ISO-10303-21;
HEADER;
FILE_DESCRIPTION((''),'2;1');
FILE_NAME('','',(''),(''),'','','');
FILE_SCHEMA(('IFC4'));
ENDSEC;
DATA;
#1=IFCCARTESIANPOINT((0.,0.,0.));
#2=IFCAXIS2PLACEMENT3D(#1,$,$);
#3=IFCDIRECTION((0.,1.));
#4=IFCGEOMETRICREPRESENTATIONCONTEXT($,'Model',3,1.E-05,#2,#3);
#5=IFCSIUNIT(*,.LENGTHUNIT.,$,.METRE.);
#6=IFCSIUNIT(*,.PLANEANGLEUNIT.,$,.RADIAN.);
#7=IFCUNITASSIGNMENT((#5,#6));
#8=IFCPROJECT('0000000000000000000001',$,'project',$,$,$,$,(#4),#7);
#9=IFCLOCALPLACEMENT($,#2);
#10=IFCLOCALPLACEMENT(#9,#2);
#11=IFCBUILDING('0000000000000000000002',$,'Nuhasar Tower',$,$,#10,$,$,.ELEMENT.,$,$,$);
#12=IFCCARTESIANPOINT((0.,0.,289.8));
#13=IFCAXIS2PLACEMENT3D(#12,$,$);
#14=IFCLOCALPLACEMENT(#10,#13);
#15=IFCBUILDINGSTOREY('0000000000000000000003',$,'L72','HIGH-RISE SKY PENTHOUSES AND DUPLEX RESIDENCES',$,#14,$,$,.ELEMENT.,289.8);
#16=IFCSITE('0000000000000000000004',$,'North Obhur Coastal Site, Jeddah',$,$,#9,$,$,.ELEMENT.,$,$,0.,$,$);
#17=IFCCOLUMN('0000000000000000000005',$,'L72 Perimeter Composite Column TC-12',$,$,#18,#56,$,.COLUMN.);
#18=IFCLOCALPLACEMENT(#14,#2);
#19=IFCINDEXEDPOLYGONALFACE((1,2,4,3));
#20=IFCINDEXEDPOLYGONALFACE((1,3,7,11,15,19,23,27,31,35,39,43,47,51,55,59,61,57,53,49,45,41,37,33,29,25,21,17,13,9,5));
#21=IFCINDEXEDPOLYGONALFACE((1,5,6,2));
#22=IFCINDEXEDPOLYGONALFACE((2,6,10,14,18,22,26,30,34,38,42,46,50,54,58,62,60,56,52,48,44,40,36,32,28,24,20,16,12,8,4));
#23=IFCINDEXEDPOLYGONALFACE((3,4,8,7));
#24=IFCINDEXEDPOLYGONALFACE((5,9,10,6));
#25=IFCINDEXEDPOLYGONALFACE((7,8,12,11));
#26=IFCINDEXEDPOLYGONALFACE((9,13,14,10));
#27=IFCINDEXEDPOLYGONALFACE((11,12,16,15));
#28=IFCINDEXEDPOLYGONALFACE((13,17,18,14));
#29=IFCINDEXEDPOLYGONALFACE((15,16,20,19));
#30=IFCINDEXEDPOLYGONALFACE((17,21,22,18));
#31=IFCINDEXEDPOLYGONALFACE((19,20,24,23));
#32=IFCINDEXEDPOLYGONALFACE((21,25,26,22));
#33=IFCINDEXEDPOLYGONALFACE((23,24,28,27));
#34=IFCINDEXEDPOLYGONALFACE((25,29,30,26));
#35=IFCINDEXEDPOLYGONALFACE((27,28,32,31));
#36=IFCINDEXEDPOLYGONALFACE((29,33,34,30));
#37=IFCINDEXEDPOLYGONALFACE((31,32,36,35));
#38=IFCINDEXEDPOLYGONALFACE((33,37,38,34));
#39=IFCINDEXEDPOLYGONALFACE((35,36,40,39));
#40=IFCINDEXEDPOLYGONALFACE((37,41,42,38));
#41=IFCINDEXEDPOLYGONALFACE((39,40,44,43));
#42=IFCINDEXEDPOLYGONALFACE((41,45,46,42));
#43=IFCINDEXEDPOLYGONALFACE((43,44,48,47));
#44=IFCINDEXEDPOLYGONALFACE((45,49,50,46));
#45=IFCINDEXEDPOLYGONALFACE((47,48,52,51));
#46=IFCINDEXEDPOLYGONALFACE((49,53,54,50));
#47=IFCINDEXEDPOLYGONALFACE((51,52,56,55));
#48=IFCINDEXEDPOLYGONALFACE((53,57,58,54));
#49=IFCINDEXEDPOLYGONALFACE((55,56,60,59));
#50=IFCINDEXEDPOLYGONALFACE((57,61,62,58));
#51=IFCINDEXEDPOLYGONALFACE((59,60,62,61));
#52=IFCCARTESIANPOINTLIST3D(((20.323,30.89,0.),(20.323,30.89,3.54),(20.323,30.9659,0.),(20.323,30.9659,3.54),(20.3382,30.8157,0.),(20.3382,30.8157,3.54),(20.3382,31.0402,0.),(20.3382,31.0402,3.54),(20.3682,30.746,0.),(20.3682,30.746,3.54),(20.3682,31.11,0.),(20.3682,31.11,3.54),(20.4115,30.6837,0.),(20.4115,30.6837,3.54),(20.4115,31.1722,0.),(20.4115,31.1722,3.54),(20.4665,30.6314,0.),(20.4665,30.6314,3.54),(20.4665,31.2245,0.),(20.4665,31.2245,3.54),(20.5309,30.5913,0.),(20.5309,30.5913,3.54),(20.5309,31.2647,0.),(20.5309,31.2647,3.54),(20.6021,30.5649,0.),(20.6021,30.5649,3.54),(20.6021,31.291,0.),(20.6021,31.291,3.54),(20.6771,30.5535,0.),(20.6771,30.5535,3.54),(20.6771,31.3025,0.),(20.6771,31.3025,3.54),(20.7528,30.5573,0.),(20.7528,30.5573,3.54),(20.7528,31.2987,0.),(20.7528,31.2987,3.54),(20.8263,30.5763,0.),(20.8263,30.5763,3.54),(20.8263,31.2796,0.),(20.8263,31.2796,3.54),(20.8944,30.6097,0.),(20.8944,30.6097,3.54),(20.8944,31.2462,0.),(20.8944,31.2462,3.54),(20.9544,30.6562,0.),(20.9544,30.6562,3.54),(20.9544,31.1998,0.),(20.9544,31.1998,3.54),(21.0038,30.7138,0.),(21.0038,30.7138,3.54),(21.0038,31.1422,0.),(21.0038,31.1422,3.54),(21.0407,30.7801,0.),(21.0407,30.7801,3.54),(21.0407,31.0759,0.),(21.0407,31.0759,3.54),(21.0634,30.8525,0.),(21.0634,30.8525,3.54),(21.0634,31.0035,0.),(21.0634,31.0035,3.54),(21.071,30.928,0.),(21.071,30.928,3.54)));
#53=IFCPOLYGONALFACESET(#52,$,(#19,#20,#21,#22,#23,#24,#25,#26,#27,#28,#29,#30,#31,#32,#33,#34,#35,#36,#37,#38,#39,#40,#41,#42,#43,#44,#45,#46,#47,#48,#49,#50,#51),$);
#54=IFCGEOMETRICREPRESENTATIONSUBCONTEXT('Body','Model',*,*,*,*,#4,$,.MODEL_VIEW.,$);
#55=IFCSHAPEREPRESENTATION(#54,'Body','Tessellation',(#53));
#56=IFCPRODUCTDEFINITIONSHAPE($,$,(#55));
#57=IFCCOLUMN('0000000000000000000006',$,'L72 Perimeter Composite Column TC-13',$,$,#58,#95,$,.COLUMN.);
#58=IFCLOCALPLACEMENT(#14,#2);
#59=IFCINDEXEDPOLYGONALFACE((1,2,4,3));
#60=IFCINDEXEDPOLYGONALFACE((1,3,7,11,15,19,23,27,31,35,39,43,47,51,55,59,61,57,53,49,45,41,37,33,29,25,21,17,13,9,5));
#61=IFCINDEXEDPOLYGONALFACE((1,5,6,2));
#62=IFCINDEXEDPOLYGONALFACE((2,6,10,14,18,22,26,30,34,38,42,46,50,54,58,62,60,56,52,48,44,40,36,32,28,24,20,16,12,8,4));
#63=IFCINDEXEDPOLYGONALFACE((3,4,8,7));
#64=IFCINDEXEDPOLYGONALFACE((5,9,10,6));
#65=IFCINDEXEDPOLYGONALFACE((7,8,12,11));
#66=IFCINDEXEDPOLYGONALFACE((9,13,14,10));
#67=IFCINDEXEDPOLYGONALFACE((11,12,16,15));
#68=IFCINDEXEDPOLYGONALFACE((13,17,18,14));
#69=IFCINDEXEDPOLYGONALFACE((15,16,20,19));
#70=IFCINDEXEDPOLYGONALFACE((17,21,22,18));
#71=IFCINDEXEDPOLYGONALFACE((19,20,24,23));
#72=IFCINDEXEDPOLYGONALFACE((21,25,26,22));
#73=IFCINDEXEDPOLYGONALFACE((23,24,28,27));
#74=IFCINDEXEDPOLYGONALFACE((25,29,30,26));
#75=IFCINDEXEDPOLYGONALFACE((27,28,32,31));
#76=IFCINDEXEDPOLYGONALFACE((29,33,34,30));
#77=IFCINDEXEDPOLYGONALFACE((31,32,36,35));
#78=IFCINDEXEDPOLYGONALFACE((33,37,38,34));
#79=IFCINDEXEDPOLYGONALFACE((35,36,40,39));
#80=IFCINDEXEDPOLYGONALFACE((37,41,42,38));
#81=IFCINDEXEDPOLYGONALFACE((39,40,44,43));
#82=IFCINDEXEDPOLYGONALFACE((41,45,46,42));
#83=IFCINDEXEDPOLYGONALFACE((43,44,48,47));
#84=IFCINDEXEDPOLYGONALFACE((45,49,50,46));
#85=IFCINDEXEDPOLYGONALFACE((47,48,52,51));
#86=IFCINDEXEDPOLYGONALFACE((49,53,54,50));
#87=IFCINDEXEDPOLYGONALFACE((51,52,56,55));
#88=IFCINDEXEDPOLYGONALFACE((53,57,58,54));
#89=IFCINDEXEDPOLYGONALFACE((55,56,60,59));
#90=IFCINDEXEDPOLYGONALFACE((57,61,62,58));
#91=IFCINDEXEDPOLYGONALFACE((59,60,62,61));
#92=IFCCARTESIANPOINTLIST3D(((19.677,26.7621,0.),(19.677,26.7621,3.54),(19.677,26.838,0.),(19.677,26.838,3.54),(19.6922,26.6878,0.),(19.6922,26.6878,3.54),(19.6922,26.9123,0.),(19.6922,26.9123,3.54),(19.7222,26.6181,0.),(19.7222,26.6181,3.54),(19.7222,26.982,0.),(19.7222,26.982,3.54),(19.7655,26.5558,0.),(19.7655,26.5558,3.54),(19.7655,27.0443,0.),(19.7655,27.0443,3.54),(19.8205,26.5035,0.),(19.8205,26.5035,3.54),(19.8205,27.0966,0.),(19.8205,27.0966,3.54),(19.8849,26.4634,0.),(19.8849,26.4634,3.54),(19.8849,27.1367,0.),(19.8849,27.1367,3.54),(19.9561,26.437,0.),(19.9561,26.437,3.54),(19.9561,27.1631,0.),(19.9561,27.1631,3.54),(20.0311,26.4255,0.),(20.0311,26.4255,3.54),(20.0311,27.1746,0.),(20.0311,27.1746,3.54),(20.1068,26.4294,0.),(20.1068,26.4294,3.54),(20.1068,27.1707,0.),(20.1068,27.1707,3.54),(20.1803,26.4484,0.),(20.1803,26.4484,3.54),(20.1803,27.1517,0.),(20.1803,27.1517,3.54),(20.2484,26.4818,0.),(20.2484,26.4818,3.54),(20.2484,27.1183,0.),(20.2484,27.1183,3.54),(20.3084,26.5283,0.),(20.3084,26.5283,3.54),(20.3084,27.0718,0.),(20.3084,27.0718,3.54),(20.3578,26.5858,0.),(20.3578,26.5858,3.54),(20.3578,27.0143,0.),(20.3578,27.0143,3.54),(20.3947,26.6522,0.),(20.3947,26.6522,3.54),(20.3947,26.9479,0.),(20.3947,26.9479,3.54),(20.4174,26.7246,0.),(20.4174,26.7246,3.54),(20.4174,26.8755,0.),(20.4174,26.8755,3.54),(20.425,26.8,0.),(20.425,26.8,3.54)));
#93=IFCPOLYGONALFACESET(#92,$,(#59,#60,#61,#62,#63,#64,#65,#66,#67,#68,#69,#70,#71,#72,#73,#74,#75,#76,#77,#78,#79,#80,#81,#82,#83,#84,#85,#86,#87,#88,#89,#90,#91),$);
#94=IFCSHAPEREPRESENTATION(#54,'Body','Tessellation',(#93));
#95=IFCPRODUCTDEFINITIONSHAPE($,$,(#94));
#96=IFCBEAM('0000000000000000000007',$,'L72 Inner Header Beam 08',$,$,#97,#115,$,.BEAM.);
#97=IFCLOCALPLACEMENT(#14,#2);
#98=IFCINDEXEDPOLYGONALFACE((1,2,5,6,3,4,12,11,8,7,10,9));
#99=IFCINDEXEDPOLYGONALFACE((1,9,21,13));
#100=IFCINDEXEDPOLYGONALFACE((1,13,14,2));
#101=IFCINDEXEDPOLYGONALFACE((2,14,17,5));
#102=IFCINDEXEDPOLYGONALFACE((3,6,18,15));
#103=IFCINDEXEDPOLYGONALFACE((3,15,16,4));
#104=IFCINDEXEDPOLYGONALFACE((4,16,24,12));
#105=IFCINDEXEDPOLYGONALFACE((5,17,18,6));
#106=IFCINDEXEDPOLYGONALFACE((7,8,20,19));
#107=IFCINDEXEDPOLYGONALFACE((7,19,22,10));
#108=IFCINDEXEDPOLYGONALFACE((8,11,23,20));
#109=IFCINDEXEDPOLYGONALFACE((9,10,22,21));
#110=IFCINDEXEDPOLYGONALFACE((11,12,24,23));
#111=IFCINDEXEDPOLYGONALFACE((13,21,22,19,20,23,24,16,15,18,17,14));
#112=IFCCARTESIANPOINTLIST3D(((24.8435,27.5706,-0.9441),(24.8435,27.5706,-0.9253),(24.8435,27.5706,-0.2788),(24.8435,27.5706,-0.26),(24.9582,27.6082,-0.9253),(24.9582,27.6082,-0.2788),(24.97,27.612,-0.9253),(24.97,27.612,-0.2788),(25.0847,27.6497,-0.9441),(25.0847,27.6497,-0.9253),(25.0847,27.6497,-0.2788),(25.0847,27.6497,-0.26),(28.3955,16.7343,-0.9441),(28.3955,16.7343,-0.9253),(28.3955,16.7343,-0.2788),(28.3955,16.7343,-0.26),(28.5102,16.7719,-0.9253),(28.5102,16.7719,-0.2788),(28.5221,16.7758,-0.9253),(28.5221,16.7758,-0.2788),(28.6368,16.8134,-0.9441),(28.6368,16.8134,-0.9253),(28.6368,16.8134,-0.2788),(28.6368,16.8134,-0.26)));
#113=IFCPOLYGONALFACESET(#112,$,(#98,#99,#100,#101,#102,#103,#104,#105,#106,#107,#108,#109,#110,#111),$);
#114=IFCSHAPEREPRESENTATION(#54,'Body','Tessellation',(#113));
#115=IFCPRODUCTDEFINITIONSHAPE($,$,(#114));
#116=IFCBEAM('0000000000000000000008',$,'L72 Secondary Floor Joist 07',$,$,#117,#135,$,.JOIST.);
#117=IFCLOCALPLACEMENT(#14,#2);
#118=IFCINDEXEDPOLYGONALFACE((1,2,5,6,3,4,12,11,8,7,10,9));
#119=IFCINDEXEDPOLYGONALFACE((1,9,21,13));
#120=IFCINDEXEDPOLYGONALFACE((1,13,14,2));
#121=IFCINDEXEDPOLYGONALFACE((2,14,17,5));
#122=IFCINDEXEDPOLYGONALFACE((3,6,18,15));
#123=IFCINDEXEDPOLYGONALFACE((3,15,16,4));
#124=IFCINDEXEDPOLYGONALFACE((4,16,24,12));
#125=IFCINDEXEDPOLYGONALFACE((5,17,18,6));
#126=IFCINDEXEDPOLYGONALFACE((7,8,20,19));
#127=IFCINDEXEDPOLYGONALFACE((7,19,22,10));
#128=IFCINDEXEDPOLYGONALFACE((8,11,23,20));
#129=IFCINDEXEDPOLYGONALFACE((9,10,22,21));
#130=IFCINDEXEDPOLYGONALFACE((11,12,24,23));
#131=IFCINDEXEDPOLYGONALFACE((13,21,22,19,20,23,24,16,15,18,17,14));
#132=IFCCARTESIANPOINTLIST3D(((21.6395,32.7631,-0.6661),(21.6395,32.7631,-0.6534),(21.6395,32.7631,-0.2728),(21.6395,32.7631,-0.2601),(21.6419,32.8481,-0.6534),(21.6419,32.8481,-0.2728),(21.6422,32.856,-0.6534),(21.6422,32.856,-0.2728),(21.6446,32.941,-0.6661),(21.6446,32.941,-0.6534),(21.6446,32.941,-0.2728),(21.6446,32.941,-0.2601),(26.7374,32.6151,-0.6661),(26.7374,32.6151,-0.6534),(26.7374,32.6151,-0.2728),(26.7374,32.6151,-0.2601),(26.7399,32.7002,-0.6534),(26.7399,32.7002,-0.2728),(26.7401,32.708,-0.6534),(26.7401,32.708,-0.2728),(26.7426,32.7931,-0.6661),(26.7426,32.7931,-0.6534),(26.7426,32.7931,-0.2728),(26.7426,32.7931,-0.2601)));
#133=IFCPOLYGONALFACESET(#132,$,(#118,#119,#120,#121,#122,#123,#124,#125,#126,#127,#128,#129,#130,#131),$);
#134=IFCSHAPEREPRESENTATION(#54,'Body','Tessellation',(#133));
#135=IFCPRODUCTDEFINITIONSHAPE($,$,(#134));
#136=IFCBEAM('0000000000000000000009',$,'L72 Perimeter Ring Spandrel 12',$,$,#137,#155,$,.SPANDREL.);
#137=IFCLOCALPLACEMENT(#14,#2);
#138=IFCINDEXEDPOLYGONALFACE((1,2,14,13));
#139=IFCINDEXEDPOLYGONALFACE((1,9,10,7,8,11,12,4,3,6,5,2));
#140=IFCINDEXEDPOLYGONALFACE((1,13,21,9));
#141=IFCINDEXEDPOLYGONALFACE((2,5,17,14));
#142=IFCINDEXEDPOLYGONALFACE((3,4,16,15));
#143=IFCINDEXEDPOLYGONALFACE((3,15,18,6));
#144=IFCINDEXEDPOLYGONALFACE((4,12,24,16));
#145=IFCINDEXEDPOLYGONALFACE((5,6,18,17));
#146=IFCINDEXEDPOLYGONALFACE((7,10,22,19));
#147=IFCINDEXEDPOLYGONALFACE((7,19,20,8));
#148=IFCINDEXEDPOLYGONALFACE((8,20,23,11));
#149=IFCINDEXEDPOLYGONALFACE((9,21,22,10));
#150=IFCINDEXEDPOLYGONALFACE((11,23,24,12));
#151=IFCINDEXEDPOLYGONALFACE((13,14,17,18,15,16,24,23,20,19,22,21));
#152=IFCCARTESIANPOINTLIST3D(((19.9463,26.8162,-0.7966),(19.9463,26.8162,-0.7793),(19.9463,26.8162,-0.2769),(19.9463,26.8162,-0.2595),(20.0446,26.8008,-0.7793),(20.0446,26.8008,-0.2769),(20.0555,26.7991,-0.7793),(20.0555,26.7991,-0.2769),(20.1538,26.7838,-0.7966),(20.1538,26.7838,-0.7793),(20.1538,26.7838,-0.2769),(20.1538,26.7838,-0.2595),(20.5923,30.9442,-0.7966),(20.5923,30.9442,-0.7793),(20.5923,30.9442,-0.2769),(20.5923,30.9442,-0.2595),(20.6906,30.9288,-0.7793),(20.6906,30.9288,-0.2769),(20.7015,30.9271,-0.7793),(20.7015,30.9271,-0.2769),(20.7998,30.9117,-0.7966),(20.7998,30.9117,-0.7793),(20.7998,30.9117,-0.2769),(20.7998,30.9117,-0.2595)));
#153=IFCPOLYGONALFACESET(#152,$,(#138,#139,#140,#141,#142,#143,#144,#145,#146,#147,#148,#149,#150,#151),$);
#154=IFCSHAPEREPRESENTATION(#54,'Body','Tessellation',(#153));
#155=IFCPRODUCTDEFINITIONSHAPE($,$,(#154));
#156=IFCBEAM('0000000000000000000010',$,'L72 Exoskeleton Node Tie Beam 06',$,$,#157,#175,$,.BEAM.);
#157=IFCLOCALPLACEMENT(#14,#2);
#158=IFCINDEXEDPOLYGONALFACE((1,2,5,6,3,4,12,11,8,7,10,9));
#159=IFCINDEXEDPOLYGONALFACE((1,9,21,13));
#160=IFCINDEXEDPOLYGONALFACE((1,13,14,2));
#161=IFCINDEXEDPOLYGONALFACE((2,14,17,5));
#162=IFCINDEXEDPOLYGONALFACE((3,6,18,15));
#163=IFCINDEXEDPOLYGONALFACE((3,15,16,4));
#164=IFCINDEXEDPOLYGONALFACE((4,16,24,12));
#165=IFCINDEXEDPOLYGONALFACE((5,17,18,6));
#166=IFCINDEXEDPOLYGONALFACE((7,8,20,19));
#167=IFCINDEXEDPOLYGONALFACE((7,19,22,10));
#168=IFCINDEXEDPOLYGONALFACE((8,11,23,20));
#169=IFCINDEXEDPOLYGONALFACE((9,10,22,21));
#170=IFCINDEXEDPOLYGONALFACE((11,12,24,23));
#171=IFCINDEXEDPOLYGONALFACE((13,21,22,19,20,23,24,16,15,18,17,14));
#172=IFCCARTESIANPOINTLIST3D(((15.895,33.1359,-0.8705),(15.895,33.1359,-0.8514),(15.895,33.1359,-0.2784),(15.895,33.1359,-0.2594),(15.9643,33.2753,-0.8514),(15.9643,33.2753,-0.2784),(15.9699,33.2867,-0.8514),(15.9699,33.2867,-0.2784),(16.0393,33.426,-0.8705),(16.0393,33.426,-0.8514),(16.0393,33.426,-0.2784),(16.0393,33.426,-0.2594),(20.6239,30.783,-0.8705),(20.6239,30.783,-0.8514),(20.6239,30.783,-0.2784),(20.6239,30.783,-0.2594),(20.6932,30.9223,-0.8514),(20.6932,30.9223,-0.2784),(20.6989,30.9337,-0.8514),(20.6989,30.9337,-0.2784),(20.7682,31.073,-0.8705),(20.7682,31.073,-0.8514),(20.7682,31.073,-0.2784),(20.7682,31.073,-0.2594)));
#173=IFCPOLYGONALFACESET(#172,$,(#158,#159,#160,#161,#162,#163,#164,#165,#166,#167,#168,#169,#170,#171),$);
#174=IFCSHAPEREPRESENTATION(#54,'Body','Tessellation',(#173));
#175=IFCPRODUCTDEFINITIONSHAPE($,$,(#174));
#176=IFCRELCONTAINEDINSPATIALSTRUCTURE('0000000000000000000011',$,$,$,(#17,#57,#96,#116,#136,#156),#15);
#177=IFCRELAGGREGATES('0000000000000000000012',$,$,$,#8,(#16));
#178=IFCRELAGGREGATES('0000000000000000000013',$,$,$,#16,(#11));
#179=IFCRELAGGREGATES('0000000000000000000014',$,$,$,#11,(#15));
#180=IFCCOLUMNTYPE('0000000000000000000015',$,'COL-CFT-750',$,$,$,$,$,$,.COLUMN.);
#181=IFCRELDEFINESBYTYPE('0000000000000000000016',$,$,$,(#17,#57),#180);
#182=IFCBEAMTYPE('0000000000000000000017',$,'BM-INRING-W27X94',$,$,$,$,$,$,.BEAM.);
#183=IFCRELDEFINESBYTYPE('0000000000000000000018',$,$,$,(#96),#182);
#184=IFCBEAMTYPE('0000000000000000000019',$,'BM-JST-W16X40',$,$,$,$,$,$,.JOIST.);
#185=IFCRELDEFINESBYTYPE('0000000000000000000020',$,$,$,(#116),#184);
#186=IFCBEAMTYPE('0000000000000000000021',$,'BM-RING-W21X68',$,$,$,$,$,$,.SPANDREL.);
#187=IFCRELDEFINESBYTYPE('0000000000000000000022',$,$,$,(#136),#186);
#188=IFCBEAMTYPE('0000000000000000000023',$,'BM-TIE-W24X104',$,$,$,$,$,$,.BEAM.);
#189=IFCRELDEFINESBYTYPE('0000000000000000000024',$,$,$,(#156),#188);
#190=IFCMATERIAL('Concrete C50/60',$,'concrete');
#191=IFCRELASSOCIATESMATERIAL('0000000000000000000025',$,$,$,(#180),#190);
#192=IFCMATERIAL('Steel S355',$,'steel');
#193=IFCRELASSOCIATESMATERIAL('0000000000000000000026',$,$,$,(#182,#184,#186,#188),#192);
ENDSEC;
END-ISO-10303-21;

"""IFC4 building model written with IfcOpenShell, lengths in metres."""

from ifc_helpers import new_model, si_unit, direction, frame, origin, origin_2d, place, context, subcontext, project, spatial, circle, i_section, extrude, material, material_profile, profile_set, type_object, element, save


model = new_model("IFC4")

# Units and contexts
model_context = context("Model", 3, precision=1e-05, world=origin(), true_north=direction((0.0, 1.0)))
body_context = subcontext(model_context, "Body", "Model", "MODEL_VIEW")
ifc_project = project(units=[si_unit("LENGTHUNIT", "METRE"), si_unit("PLANEANGLEUNIT", "RADIAN")], contexts=[model_context])

# Site, building, storey
site_placement = place(None, origin())
site = spatial("IfcSite", under=ifc_project, at=site_placement, Name="North Obhur Coastal Site, Jeddah", CompositionType="ELEMENT", RefElevation=0.0)
building_placement = place(site_placement, origin())
building = spatial("IfcBuilding", under=site, at=building_placement, Name="Nuhasar Tower", CompositionType="ELEMENT")
storey_placement = place(building_placement, frame((0.0, 0.0, 289.8)))
storey = spatial("IfcBuildingStorey", under=building, at=storey_placement, Name="L72", Description="HIGH-RISE SKY PENTHOUSES AND DUPLEX RESIDENCES", CompositionType="ELEMENT", Elevation=289.8)

# Columns
ifc_material_1 = material(Name="Concrete C50/60", Category="concrete")
ifc_material_profile_1 = material_profile(ifc_material_1, circle(Radius=0.375, at=origin_2d()), Name="CFT750")
ifc_profile_set_1 = profile_set([ifc_material_profile_1], Name="Concrete C50/60")
column_type = type_object("IfcColumnType", Name="COL-CFT-750", PredefinedType="COLUMN", material=ifc_profile_set_1)
for number, where, z_axis, x_axis, name in (
    (1, (20.696, 30.928, 0.0), (0.0, 0.0, 1.0), (1.0, 0.0, 0.0), "L72 Perimeter Composite Column TC-12"),
    (2, (20.05, 26.8, 0.0), (0.0, 0.0, 1.0), (1.0, 0.0, 0.0), "L72 Perimeter Composite Column TC-13"),
):
    element("IfcColumn", number, at=place(storey_placement, frame(where, z_axis=z_axis, x_axis=x_axis)), inside=storey, type_object=column_type, Name=name, PredefinedType="COLUMN", context=body_context, shape_type="SweptSolid", body=[
        extrude(circle(Radius=0.375, at=origin_2d()), origin(), (0.0, 0.0, 1.0), 3.54),
    ])

# Beams
ifc_material_2 = material(Name="Steel S355", Category="steel")
ifc_material_profile_2 = material_profile(ifc_material_2, i_section(OverallWidth=0.2539, OverallDepth=0.6841, WebThickness=0.0125, FlangeThickness=0.0188, at=origin_2d()), Name="W27X94")
ifc_profile_set_2 = profile_set([ifc_material_profile_2], Name="Steel S355")
beam_type_1 = type_object("IfcBeamType", Name="BM-INRING-W27X94", PredefinedType="BEAM", material=ifc_profile_set_2)
beam_1_placement = place(storey_placement, frame((24.9641, 27.6101, -0.6021), z_axis=(0.311484, -0.950251, 0.0), x_axis=(0.950251, 0.311484, 0.0)))
element("IfcBeam", 3, at=beam_1_placement, inside=storey, type_object=beam_type_1, Name="L72 Inner Header Beam 08", PredefinedType="BEAM", context=body_context, shape_type="SweptSolid", body=[
    extrude(i_section(OverallWidth=0.2539, OverallDepth=0.6841, WebThickness=0.0125, FlangeThickness=0.0188, at=origin_2d()), origin(), (0.0, 0.0, 1.0), 11.4036),
])
ifc_material_profile_3 = material_profile(ifc_material_2, i_section(OverallWidth=0.178, OverallDepth=0.406, WebThickness=0.0078, FlangeThickness=0.0127, at=origin_2d()), Name="W16X40")
ifc_profile_set_3 = profile_set([ifc_material_profile_3], Name="Steel S355")
beam_type_2 = type_object("IfcBeamType", Name="BM-JST-W16X40", PredefinedType="JOIST", material=ifc_profile_set_3)
beam_2_placement = place(storey_placement, frame((26.74, 32.7041, -0.4631), z_axis=(-0.999579, 0.029009, 0.0), x_axis=(-0.029009, -0.999579, 0.0)))
element("IfcBeam", 4, at=beam_2_placement, inside=storey, type_object=beam_type_2, Name="L72 Secondary Floor Joist 07", PredefinedType="JOIST", context=body_context, shape_type="SweptSolid", body=[
    extrude(i_section(OverallWidth=0.178, OverallDepth=0.406, WebThickness=0.0078, FlangeThickness=0.0127, at=origin_2d()), origin(), (0.0, 0.0, 1.0), 5.1001),
])
ifc_material_profile_4 = material_profile(ifc_material_2, i_section(OverallWidth=0.21, OverallDepth=0.5371, WebThickness=0.011, FlangeThickness=0.0173, at=origin_2d()), Name="W21X68")
ifc_profile_set_4 = profile_set([ifc_material_profile_4], Name="Steel S355")
beam_type_3 = type_object("IfcBeamType", Name="BM-RING-W21X68", PredefinedType="SPANDREL", material=ifc_profile_set_4)
beam_3_placement = place(storey_placement, frame((20.696, 30.928, -0.5281), z_axis=(-0.154612, -0.987975, 0.0), x_axis=(0.987975, -0.154612, 0.0)))
element("IfcBeam", 5, at=beam_3_placement, inside=storey, type_object=beam_type_3, Name="L72 Perimeter Ring Spandrel 12", PredefinedType="SPANDREL", context=body_context, shape_type="SweptSolid", body=[
    extrude(i_section(OverallWidth=0.21, OverallDepth=0.5371, WebThickness=0.011, FlangeThickness=0.0173, at=origin_2d()), origin(), (0.0, 0.0, 1.0), 4.1782),
])
ifc_material_profile_5 = material_profile(ifc_material_2, i_section(OverallWidth=0.324, OverallDepth=0.6111, WebThickness=0.0127, FlangeThickness=0.019, at=origin_2d()), Name="W24X104")
ifc_profile_set_5 = profile_set([ifc_material_profile_5], Name="Steel S355")
beam_type_4 = type_object("IfcBeamType", Name="BM-TIE-W24X104", PredefinedType="BEAM", material=ifc_profile_set_5)
beam_4_placement = place(storey_placement, frame((20.696, 30.928, -0.5649), z_axis=(-0.895294, 0.445475, 0.0), x_axis=(-0.445475, -0.895294, 0.0)))
element("IfcBeam", 6, at=beam_4_placement, inside=storey, type_object=beam_type_4, Name="L72 Exoskeleton Node Tie Beam 06", PredefinedType="BEAM", context=body_context, shape_type="SweptSolid", body=[
    extrude(i_section(OverallWidth=0.324, OverallDepth=0.6111, WebThickness=0.0127, FlangeThickness=0.019, at=origin_2d()), origin(), (0.0, 0.0, 1.0), 5.282),
])

save(model, "model.ifc")
